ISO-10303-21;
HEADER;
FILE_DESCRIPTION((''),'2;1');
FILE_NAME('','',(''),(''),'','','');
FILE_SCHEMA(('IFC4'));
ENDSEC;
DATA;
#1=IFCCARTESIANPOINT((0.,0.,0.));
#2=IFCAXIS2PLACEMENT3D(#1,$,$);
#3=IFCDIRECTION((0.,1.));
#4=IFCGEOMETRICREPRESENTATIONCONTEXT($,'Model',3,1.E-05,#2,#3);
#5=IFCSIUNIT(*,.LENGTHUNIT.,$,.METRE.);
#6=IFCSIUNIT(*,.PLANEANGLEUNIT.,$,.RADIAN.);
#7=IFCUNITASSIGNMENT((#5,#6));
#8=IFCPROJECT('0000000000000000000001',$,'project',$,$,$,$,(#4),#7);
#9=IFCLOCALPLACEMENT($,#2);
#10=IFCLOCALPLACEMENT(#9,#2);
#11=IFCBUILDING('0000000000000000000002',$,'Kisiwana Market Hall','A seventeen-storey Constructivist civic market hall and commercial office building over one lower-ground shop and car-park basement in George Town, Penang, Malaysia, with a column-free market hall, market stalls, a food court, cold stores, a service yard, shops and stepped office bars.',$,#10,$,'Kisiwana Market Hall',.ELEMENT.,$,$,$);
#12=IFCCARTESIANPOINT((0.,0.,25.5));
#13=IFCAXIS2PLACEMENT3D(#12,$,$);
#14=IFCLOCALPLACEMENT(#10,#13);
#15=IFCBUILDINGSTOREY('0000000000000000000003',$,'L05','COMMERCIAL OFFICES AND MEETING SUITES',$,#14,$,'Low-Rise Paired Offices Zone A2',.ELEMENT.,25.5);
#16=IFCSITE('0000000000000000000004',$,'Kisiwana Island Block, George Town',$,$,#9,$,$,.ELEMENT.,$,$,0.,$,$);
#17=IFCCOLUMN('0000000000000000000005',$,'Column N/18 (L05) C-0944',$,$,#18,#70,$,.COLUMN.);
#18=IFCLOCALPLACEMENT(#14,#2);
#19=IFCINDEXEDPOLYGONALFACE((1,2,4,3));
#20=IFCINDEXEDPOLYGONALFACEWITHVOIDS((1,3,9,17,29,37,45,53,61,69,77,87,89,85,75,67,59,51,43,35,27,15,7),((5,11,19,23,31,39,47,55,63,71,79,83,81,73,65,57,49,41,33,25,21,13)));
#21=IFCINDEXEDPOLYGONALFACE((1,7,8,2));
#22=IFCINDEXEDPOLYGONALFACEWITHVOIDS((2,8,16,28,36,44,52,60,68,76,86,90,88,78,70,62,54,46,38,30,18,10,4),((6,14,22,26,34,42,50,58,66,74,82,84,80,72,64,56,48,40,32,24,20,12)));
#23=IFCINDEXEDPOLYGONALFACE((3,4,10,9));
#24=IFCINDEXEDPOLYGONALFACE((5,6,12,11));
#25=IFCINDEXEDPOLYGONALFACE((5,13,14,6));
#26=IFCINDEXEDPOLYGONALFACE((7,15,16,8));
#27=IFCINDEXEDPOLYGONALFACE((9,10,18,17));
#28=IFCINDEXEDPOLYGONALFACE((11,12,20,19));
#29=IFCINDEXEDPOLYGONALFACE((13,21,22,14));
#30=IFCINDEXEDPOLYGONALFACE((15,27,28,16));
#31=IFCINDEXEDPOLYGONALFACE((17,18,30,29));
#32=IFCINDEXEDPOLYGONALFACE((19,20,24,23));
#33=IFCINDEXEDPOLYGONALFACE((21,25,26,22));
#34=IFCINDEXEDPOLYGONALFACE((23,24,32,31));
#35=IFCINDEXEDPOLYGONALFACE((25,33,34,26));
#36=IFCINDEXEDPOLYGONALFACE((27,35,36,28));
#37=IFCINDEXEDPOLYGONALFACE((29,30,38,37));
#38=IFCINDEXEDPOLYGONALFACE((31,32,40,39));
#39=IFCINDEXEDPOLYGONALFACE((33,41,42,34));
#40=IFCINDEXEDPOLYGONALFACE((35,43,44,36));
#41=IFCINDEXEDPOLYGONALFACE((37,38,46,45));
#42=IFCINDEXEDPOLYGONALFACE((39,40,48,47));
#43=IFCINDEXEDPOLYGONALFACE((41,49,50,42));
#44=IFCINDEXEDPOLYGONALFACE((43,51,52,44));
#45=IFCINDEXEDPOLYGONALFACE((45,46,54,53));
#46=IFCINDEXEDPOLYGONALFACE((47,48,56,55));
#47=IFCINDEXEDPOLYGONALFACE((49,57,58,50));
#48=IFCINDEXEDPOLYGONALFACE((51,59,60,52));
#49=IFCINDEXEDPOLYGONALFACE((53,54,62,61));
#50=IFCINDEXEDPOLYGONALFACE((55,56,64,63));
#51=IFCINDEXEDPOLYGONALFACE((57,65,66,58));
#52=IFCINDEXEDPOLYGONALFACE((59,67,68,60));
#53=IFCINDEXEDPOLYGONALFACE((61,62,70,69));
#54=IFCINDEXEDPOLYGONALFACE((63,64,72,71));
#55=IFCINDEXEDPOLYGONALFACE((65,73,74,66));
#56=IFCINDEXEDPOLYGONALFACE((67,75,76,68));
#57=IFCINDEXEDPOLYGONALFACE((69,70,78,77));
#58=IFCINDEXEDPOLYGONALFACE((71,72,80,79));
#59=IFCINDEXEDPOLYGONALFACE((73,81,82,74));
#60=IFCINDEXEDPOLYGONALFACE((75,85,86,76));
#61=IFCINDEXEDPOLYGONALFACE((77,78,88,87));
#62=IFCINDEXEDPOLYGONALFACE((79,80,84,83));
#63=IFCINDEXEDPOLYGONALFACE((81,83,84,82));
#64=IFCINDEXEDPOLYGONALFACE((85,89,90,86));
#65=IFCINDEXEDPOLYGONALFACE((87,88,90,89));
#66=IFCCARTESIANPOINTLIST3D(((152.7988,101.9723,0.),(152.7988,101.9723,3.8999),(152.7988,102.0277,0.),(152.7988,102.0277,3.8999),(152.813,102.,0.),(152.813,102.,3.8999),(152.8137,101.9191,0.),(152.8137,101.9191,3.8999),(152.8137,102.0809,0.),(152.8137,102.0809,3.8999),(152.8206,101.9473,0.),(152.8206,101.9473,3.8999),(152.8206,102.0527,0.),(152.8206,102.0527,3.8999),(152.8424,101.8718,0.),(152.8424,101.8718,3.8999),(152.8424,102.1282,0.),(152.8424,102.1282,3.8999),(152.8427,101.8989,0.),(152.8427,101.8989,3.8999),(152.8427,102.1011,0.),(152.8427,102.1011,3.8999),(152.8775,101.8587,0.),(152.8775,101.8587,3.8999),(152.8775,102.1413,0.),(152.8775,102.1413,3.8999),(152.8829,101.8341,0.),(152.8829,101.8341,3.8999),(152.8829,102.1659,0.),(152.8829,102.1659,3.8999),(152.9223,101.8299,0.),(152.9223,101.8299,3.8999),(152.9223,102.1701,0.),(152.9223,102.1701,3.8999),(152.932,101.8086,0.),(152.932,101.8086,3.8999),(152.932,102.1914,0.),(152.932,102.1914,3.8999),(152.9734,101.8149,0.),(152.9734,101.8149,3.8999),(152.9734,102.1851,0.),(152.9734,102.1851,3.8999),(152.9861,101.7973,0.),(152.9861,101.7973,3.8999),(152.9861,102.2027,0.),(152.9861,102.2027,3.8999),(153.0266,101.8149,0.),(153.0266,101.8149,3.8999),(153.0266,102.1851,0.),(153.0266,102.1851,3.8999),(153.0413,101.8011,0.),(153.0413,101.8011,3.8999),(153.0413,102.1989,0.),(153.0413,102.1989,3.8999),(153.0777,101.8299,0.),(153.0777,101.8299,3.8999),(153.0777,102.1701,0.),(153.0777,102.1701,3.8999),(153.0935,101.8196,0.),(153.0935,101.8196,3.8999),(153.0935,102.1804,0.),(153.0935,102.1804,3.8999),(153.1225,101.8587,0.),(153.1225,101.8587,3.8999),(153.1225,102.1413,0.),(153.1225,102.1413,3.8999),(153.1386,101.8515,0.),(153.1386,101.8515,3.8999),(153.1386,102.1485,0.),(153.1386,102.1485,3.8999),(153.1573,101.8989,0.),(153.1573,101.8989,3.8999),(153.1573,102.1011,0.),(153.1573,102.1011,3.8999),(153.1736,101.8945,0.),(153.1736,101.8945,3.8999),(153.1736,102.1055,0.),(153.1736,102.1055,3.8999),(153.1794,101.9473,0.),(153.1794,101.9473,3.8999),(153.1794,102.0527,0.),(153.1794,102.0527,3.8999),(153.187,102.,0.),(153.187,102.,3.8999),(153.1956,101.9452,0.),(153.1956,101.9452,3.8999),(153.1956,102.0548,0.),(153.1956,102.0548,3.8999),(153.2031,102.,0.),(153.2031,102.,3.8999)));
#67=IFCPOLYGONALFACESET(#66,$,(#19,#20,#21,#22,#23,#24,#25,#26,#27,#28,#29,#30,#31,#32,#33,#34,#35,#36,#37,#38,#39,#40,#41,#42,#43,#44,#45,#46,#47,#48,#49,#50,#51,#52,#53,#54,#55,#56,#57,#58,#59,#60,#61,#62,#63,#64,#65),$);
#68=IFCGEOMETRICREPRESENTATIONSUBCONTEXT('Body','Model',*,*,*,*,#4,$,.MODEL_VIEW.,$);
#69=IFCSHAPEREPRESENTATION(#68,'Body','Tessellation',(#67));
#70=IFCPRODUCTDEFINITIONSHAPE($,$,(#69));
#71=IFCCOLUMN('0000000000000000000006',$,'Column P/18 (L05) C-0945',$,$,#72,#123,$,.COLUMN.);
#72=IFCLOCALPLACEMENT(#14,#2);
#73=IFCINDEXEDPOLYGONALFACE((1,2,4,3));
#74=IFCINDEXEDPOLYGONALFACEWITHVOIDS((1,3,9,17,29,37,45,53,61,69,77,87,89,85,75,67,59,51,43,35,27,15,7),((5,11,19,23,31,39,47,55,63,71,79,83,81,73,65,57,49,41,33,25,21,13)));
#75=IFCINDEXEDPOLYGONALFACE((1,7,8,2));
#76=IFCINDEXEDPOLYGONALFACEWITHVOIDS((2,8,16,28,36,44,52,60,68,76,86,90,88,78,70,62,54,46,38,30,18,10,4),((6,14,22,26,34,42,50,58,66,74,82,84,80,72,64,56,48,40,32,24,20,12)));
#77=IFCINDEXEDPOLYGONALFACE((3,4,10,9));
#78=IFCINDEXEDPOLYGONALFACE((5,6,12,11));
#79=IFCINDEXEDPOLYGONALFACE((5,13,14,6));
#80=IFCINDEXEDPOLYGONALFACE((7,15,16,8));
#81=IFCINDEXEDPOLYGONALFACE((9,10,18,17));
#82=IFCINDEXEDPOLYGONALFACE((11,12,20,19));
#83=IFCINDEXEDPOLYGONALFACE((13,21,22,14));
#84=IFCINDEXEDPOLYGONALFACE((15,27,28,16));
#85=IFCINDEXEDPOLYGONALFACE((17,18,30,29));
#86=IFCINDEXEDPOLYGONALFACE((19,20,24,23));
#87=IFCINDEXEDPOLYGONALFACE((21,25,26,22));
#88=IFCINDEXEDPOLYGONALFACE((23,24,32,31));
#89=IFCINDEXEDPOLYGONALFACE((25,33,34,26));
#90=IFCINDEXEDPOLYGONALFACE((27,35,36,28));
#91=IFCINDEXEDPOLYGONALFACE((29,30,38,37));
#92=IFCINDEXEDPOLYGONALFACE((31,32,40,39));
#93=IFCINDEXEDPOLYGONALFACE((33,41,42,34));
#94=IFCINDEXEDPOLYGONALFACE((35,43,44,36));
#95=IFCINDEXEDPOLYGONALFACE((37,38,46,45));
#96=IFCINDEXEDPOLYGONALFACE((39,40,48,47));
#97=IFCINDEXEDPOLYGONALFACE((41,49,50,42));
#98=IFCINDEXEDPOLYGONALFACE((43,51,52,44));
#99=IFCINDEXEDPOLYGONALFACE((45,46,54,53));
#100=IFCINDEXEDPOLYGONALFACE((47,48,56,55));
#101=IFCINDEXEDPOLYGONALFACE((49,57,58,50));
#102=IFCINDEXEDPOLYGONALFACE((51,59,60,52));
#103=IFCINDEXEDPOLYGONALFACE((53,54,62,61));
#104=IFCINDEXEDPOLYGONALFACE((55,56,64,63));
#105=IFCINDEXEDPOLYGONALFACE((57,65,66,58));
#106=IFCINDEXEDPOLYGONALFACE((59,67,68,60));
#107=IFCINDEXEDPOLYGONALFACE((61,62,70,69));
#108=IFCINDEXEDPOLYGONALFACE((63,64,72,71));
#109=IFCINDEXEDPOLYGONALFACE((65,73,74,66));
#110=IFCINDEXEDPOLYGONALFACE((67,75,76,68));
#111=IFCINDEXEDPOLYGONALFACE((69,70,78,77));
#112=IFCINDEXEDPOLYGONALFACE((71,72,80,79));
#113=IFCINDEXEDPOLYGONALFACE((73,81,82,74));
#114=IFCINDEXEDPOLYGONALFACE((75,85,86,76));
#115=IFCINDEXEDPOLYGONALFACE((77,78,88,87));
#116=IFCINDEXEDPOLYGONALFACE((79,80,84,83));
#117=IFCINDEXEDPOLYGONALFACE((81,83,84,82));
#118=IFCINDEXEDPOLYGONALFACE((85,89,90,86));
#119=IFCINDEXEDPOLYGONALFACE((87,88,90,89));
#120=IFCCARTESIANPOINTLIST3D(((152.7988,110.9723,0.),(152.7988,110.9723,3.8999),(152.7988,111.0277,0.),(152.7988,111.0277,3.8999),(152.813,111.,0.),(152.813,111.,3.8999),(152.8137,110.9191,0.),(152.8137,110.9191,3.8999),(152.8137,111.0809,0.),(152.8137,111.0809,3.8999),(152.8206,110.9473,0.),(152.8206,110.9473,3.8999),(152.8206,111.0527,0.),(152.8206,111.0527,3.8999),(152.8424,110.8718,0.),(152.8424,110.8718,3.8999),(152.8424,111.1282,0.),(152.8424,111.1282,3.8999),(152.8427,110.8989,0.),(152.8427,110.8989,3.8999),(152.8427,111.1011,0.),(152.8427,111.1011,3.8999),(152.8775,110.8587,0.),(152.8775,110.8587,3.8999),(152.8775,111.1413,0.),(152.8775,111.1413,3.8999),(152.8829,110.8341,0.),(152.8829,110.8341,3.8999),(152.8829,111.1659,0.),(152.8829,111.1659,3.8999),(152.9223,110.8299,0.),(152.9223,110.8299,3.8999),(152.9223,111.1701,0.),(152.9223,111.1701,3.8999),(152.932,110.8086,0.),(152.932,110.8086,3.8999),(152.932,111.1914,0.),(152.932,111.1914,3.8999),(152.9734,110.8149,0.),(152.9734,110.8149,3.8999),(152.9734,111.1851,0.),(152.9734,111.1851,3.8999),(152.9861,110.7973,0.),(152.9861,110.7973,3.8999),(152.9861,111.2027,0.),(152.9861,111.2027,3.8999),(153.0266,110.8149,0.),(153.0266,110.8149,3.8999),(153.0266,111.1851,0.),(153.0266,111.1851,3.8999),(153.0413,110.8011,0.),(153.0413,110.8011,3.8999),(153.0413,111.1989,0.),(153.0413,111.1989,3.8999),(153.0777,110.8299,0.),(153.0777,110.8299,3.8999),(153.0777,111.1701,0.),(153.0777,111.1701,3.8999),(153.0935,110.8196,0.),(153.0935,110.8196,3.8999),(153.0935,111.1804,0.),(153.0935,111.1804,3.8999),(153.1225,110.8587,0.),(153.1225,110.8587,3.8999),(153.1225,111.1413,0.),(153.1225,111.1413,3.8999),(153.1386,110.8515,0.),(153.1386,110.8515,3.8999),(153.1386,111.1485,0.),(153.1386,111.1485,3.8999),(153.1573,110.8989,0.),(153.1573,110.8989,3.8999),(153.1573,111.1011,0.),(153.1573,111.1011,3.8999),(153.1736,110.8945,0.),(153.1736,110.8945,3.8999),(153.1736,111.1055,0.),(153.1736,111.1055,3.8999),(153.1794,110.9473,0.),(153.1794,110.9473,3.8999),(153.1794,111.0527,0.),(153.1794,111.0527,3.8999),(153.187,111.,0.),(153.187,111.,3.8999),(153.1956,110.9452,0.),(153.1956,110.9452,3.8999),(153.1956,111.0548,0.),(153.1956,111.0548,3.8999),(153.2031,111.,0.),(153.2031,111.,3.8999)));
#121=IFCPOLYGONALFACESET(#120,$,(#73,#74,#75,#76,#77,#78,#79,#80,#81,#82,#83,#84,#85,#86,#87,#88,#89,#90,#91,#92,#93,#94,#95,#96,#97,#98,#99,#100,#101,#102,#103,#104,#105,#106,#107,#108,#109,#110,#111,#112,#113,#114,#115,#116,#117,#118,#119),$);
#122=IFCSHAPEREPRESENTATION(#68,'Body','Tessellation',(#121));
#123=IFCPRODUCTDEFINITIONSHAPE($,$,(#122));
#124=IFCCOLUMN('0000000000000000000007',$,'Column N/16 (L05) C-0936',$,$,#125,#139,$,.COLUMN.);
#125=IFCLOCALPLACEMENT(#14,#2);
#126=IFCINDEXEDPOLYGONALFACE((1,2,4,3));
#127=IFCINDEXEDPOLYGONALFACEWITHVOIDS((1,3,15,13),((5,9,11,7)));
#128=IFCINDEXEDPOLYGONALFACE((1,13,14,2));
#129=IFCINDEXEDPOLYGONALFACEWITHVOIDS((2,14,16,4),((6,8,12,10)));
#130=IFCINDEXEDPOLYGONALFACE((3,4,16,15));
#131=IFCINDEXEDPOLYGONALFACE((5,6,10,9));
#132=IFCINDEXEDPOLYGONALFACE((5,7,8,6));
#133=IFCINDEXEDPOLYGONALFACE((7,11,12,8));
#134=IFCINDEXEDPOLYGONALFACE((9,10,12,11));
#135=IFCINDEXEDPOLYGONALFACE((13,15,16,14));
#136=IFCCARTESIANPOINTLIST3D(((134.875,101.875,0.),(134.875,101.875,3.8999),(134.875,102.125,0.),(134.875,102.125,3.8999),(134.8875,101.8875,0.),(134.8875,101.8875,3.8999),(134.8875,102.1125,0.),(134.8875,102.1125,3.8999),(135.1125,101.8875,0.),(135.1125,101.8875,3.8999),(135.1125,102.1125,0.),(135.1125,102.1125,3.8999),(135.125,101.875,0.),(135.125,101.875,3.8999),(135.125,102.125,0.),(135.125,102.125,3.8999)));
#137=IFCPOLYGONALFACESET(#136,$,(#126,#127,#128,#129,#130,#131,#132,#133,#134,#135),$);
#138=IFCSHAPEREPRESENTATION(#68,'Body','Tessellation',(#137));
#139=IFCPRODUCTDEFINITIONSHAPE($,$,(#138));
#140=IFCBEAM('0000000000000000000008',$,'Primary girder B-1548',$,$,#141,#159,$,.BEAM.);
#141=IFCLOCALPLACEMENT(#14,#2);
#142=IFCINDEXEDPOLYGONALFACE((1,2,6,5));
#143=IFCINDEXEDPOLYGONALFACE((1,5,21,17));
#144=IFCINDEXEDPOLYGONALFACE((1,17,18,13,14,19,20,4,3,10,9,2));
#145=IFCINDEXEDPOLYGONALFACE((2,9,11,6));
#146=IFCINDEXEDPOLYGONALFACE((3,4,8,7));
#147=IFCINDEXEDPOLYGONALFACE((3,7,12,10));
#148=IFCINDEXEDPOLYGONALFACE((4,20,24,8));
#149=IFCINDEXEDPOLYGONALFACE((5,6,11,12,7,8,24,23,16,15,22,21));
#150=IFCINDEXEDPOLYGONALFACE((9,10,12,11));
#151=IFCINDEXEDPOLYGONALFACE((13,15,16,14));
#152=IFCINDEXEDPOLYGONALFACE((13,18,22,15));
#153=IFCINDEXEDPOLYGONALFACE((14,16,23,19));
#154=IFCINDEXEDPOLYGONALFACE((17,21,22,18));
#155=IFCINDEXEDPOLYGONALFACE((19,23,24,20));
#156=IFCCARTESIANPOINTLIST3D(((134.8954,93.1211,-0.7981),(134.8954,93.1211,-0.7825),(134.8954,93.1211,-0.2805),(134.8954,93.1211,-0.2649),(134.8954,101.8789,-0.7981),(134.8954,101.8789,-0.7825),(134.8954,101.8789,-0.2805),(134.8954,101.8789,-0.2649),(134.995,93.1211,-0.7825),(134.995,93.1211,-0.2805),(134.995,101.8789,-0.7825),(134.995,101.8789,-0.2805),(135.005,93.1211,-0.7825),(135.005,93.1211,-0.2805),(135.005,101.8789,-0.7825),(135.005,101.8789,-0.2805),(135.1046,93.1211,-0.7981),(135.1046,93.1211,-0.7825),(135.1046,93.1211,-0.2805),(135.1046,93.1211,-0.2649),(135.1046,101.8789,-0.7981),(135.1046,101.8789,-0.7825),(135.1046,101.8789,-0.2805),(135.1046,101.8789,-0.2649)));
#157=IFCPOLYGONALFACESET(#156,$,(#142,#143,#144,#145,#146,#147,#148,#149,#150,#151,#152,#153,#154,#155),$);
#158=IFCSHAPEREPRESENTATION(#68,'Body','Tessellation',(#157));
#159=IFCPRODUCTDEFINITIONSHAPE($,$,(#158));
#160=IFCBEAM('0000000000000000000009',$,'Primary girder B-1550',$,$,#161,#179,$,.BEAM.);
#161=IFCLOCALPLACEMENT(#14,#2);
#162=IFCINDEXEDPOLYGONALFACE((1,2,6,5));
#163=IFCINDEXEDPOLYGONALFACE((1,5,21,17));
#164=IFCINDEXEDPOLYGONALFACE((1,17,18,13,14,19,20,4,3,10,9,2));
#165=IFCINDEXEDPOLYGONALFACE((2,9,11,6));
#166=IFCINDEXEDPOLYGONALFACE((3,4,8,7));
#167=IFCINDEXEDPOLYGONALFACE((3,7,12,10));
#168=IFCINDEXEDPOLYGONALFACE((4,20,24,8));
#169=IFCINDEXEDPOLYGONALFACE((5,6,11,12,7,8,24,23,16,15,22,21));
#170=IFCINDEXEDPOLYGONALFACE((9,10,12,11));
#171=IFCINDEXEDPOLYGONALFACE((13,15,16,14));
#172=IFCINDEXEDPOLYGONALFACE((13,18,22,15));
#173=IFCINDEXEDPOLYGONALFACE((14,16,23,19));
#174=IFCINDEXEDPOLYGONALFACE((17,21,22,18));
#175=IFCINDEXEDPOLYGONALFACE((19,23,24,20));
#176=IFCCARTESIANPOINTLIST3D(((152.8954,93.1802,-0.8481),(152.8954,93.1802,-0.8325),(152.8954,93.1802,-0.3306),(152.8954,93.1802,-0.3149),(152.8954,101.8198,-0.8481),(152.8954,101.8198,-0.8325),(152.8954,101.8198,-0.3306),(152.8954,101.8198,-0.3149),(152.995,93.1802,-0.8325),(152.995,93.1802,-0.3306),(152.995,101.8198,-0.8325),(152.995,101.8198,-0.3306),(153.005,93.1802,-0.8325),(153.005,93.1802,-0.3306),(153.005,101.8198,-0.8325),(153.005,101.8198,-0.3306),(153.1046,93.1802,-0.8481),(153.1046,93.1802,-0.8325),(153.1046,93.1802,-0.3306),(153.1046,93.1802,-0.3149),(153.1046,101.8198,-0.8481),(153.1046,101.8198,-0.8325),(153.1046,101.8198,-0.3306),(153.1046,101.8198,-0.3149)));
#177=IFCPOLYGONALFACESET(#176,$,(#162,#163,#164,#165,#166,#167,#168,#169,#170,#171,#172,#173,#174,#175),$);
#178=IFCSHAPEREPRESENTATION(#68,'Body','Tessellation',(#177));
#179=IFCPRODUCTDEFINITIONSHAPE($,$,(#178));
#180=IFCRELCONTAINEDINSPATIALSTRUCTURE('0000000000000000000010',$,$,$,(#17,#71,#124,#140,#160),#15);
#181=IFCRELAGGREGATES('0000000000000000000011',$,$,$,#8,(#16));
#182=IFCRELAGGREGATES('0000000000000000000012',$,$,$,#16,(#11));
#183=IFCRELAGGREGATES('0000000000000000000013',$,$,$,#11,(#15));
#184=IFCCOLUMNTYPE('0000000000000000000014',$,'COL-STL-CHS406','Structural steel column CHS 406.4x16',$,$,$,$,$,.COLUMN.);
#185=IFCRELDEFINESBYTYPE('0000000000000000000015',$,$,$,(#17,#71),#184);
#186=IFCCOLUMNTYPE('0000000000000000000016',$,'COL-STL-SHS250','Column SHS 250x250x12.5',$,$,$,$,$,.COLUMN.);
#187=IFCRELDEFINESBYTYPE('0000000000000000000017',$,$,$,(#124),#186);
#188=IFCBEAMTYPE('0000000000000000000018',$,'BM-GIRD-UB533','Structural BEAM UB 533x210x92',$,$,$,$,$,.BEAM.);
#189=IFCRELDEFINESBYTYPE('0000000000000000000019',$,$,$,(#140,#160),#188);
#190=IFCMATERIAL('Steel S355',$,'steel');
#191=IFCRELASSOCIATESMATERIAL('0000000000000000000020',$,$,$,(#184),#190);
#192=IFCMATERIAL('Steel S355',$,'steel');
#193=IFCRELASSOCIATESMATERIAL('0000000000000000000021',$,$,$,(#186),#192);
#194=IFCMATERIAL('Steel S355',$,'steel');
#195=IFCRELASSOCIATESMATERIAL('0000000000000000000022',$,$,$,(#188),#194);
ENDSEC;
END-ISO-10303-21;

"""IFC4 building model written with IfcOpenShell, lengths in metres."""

from ifc_helpers import new_model, si_unit, direction, frame, origin, origin_2d, place, context, subcontext, project, spatial, hollow_rectangle, hollow_circle, i_section, extrude, material, material_profile, profile_set, type_object, element, save


model = new_model("IFC4")

# Units and contexts
model_context = context("Model", 3, precision=1e-05, world=origin(), true_north=direction((0.0, 1.0)))
body_context = subcontext(model_context, "Body", "Model", "MODEL_VIEW")
ifc_project = project(units=[si_unit("LENGTHUNIT", "METRE"), si_unit("PLANEANGLEUNIT", "RADIAN")], contexts=[model_context])

# Site, building, storey
site_placement = place(None, origin())
site = spatial("IfcSite", under=ifc_project, at=site_placement, Name="Kisiwana Island Block, George Town", CompositionType="ELEMENT", RefElevation=0.0)
building_placement = place(site_placement, origin())
building = spatial("IfcBuilding", under=site, at=building_placement, Name="Kisiwana Market Hall", Description="A seventeen-storey Constructivist civic market hall and commercial office building over one lower-ground shop and car-park basement in George Town, Penang, Malaysia, with a column-free market hall, market stalls, a food court, cold stores, a service yard, shops and stepped office bars.", LongName="Kisiwana Market Hall", CompositionType="ELEMENT")
storey_placement = place(building_placement, frame((0.0, 0.0, 25.5)))
storey = spatial("IfcBuildingStorey", under=building, at=storey_placement, Name="L05", Description="COMMERCIAL OFFICES AND MEETING SUITES", LongName="Low-Rise Paired Offices Zone A2", CompositionType="ELEMENT", Elevation=25.5)

# Columns
ifc_material_1 = material(Name="Steel S355", Category="steel")
ifc_material_profile_1 = material_profile(ifc_material_1, hollow_circle(Radius=0.2031, WallThickness=0.0161, at=origin_2d()), Name="CHS 406.4x16")
ifc_profile_set_1 = profile_set([ifc_material_profile_1], Name="Steel S355")
column_type_1 = type_object("IfcColumnType", Name="COL-STL-CHS406", Description="Structural steel column CHS 406.4x16", PredefinedType="COLUMN", material=ifc_profile_set_1)
for number, where, z_axis, x_axis, name in (
    (1, (153.0, 102.0, 0.0), (0.0, 0.0, 1.0), (1.0, 0.0, 0.0), "Column N/18 (L05) C-0944"),
    (2, (153.0, 111.0, 0.0), (0.0, 0.0, 1.0), (1.0, 0.0, 0.0), "Column P/18 (L05) C-0945"),
):
    element("IfcColumn", number, at=place(storey_placement, frame(where, z_axis=z_axis, x_axis=x_axis)), inside=storey, type_object=column_type_1, Name=name, PredefinedType="COLUMN", context=body_context, shape_type="SweptSolid", body=[
        extrude(hollow_circle(Radius=0.2031, WallThickness=0.0161, at=origin_2d()), origin(), (0.0, 0.0, 1.0), 3.8999),
    ])
ifc_material_2 = material(Name="Steel S355", Category="steel")
ifc_material_profile_2 = material_profile(ifc_material_2, hollow_rectangle(XDim=0.25, YDim=0.25, WallThickness=0.0125, at=origin_2d()), Name="SHS 250x250x12.5")
ifc_profile_set_2 = profile_set([ifc_material_profile_2], Name="Steel S355")
column_type_2 = type_object("IfcColumnType", Name="COL-STL-SHS250", Description="Column SHS 250x250x12.5", PredefinedType="COLUMN", material=ifc_profile_set_2)
column_placement = place(storey_placement, frame((135.0, 102.0, 0.0), z_axis=(0.0, 0.0, 1.0), x_axis=(1.0, 0.0, 0.0)))
element("IfcColumn", 3, at=column_placement, inside=storey, type_object=column_type_2, Name="Column N/16 (L05) C-0936", PredefinedType="COLUMN", context=body_context, shape_type="SweptSolid", body=[
    extrude(hollow_rectangle(XDim=0.25, YDim=0.25, WallThickness=0.0125, at=origin_2d()), origin(), (0.0, 0.0, 1.0), 3.8999),
])

# Beams
ifc_material_3 = material(Name="Steel S355", Category="steel")
ifc_material_profile_3 = material_profile(ifc_material_3, i_section(OverallWidth=0.2092, OverallDepth=0.5332, WebThickness=0.01, FlangeThickness=0.0156, at=origin_2d()), Name="UB 533x210x92")
ifc_profile_set_3 = profile_set([ifc_material_profile_3], Name="Steel S355")
beam_type_1 = type_object("IfcBeamType", Name="BM-GIRD-UB533", Description="Structural BEAM UB 533x210x92", PredefinedType="BEAM", material=ifc_profile_set_3)
beam_1_placement = place(storey_placement, frame((135.0, 93.1211, -0.5315), z_axis=(0.0, 1.0, 0.0), x_axis=(-1.0, 0.0, 0.0)))
element("IfcBeam", 4, at=beam_1_placement, inside=storey, type_object=beam_type_1, Name="Primary girder B-1548", PredefinedType="BEAM", context=body_context, shape_type="SweptSolid", body=[
    extrude(i_section(OverallWidth=0.2092, OverallDepth=0.5332, WebThickness=0.01, FlangeThickness=0.0156, at=origin_2d()), origin(), (0.0, 0.0, 1.0), 8.7578),
])
beam_2_placement = place(storey_placement, frame((153.0, 93.1802, -0.5815), z_axis=(0.0, 1.0, 0.0), x_axis=(-1.0, 0.0, 0.0)))
element("IfcBeam", 5, at=beam_2_placement, inside=storey, type_object=beam_type_1, Name="Primary girder B-1550", PredefinedType="BEAM", context=body_context, shape_type="SweptSolid", body=[
    extrude(i_section(OverallWidth=0.2092, OverallDepth=0.5332, WebThickness=0.01, FlangeThickness=0.0156, at=origin_2d()), origin(), (0.0, 0.0, 1.0), 8.6396),
])

save(model, "model.ifc")
